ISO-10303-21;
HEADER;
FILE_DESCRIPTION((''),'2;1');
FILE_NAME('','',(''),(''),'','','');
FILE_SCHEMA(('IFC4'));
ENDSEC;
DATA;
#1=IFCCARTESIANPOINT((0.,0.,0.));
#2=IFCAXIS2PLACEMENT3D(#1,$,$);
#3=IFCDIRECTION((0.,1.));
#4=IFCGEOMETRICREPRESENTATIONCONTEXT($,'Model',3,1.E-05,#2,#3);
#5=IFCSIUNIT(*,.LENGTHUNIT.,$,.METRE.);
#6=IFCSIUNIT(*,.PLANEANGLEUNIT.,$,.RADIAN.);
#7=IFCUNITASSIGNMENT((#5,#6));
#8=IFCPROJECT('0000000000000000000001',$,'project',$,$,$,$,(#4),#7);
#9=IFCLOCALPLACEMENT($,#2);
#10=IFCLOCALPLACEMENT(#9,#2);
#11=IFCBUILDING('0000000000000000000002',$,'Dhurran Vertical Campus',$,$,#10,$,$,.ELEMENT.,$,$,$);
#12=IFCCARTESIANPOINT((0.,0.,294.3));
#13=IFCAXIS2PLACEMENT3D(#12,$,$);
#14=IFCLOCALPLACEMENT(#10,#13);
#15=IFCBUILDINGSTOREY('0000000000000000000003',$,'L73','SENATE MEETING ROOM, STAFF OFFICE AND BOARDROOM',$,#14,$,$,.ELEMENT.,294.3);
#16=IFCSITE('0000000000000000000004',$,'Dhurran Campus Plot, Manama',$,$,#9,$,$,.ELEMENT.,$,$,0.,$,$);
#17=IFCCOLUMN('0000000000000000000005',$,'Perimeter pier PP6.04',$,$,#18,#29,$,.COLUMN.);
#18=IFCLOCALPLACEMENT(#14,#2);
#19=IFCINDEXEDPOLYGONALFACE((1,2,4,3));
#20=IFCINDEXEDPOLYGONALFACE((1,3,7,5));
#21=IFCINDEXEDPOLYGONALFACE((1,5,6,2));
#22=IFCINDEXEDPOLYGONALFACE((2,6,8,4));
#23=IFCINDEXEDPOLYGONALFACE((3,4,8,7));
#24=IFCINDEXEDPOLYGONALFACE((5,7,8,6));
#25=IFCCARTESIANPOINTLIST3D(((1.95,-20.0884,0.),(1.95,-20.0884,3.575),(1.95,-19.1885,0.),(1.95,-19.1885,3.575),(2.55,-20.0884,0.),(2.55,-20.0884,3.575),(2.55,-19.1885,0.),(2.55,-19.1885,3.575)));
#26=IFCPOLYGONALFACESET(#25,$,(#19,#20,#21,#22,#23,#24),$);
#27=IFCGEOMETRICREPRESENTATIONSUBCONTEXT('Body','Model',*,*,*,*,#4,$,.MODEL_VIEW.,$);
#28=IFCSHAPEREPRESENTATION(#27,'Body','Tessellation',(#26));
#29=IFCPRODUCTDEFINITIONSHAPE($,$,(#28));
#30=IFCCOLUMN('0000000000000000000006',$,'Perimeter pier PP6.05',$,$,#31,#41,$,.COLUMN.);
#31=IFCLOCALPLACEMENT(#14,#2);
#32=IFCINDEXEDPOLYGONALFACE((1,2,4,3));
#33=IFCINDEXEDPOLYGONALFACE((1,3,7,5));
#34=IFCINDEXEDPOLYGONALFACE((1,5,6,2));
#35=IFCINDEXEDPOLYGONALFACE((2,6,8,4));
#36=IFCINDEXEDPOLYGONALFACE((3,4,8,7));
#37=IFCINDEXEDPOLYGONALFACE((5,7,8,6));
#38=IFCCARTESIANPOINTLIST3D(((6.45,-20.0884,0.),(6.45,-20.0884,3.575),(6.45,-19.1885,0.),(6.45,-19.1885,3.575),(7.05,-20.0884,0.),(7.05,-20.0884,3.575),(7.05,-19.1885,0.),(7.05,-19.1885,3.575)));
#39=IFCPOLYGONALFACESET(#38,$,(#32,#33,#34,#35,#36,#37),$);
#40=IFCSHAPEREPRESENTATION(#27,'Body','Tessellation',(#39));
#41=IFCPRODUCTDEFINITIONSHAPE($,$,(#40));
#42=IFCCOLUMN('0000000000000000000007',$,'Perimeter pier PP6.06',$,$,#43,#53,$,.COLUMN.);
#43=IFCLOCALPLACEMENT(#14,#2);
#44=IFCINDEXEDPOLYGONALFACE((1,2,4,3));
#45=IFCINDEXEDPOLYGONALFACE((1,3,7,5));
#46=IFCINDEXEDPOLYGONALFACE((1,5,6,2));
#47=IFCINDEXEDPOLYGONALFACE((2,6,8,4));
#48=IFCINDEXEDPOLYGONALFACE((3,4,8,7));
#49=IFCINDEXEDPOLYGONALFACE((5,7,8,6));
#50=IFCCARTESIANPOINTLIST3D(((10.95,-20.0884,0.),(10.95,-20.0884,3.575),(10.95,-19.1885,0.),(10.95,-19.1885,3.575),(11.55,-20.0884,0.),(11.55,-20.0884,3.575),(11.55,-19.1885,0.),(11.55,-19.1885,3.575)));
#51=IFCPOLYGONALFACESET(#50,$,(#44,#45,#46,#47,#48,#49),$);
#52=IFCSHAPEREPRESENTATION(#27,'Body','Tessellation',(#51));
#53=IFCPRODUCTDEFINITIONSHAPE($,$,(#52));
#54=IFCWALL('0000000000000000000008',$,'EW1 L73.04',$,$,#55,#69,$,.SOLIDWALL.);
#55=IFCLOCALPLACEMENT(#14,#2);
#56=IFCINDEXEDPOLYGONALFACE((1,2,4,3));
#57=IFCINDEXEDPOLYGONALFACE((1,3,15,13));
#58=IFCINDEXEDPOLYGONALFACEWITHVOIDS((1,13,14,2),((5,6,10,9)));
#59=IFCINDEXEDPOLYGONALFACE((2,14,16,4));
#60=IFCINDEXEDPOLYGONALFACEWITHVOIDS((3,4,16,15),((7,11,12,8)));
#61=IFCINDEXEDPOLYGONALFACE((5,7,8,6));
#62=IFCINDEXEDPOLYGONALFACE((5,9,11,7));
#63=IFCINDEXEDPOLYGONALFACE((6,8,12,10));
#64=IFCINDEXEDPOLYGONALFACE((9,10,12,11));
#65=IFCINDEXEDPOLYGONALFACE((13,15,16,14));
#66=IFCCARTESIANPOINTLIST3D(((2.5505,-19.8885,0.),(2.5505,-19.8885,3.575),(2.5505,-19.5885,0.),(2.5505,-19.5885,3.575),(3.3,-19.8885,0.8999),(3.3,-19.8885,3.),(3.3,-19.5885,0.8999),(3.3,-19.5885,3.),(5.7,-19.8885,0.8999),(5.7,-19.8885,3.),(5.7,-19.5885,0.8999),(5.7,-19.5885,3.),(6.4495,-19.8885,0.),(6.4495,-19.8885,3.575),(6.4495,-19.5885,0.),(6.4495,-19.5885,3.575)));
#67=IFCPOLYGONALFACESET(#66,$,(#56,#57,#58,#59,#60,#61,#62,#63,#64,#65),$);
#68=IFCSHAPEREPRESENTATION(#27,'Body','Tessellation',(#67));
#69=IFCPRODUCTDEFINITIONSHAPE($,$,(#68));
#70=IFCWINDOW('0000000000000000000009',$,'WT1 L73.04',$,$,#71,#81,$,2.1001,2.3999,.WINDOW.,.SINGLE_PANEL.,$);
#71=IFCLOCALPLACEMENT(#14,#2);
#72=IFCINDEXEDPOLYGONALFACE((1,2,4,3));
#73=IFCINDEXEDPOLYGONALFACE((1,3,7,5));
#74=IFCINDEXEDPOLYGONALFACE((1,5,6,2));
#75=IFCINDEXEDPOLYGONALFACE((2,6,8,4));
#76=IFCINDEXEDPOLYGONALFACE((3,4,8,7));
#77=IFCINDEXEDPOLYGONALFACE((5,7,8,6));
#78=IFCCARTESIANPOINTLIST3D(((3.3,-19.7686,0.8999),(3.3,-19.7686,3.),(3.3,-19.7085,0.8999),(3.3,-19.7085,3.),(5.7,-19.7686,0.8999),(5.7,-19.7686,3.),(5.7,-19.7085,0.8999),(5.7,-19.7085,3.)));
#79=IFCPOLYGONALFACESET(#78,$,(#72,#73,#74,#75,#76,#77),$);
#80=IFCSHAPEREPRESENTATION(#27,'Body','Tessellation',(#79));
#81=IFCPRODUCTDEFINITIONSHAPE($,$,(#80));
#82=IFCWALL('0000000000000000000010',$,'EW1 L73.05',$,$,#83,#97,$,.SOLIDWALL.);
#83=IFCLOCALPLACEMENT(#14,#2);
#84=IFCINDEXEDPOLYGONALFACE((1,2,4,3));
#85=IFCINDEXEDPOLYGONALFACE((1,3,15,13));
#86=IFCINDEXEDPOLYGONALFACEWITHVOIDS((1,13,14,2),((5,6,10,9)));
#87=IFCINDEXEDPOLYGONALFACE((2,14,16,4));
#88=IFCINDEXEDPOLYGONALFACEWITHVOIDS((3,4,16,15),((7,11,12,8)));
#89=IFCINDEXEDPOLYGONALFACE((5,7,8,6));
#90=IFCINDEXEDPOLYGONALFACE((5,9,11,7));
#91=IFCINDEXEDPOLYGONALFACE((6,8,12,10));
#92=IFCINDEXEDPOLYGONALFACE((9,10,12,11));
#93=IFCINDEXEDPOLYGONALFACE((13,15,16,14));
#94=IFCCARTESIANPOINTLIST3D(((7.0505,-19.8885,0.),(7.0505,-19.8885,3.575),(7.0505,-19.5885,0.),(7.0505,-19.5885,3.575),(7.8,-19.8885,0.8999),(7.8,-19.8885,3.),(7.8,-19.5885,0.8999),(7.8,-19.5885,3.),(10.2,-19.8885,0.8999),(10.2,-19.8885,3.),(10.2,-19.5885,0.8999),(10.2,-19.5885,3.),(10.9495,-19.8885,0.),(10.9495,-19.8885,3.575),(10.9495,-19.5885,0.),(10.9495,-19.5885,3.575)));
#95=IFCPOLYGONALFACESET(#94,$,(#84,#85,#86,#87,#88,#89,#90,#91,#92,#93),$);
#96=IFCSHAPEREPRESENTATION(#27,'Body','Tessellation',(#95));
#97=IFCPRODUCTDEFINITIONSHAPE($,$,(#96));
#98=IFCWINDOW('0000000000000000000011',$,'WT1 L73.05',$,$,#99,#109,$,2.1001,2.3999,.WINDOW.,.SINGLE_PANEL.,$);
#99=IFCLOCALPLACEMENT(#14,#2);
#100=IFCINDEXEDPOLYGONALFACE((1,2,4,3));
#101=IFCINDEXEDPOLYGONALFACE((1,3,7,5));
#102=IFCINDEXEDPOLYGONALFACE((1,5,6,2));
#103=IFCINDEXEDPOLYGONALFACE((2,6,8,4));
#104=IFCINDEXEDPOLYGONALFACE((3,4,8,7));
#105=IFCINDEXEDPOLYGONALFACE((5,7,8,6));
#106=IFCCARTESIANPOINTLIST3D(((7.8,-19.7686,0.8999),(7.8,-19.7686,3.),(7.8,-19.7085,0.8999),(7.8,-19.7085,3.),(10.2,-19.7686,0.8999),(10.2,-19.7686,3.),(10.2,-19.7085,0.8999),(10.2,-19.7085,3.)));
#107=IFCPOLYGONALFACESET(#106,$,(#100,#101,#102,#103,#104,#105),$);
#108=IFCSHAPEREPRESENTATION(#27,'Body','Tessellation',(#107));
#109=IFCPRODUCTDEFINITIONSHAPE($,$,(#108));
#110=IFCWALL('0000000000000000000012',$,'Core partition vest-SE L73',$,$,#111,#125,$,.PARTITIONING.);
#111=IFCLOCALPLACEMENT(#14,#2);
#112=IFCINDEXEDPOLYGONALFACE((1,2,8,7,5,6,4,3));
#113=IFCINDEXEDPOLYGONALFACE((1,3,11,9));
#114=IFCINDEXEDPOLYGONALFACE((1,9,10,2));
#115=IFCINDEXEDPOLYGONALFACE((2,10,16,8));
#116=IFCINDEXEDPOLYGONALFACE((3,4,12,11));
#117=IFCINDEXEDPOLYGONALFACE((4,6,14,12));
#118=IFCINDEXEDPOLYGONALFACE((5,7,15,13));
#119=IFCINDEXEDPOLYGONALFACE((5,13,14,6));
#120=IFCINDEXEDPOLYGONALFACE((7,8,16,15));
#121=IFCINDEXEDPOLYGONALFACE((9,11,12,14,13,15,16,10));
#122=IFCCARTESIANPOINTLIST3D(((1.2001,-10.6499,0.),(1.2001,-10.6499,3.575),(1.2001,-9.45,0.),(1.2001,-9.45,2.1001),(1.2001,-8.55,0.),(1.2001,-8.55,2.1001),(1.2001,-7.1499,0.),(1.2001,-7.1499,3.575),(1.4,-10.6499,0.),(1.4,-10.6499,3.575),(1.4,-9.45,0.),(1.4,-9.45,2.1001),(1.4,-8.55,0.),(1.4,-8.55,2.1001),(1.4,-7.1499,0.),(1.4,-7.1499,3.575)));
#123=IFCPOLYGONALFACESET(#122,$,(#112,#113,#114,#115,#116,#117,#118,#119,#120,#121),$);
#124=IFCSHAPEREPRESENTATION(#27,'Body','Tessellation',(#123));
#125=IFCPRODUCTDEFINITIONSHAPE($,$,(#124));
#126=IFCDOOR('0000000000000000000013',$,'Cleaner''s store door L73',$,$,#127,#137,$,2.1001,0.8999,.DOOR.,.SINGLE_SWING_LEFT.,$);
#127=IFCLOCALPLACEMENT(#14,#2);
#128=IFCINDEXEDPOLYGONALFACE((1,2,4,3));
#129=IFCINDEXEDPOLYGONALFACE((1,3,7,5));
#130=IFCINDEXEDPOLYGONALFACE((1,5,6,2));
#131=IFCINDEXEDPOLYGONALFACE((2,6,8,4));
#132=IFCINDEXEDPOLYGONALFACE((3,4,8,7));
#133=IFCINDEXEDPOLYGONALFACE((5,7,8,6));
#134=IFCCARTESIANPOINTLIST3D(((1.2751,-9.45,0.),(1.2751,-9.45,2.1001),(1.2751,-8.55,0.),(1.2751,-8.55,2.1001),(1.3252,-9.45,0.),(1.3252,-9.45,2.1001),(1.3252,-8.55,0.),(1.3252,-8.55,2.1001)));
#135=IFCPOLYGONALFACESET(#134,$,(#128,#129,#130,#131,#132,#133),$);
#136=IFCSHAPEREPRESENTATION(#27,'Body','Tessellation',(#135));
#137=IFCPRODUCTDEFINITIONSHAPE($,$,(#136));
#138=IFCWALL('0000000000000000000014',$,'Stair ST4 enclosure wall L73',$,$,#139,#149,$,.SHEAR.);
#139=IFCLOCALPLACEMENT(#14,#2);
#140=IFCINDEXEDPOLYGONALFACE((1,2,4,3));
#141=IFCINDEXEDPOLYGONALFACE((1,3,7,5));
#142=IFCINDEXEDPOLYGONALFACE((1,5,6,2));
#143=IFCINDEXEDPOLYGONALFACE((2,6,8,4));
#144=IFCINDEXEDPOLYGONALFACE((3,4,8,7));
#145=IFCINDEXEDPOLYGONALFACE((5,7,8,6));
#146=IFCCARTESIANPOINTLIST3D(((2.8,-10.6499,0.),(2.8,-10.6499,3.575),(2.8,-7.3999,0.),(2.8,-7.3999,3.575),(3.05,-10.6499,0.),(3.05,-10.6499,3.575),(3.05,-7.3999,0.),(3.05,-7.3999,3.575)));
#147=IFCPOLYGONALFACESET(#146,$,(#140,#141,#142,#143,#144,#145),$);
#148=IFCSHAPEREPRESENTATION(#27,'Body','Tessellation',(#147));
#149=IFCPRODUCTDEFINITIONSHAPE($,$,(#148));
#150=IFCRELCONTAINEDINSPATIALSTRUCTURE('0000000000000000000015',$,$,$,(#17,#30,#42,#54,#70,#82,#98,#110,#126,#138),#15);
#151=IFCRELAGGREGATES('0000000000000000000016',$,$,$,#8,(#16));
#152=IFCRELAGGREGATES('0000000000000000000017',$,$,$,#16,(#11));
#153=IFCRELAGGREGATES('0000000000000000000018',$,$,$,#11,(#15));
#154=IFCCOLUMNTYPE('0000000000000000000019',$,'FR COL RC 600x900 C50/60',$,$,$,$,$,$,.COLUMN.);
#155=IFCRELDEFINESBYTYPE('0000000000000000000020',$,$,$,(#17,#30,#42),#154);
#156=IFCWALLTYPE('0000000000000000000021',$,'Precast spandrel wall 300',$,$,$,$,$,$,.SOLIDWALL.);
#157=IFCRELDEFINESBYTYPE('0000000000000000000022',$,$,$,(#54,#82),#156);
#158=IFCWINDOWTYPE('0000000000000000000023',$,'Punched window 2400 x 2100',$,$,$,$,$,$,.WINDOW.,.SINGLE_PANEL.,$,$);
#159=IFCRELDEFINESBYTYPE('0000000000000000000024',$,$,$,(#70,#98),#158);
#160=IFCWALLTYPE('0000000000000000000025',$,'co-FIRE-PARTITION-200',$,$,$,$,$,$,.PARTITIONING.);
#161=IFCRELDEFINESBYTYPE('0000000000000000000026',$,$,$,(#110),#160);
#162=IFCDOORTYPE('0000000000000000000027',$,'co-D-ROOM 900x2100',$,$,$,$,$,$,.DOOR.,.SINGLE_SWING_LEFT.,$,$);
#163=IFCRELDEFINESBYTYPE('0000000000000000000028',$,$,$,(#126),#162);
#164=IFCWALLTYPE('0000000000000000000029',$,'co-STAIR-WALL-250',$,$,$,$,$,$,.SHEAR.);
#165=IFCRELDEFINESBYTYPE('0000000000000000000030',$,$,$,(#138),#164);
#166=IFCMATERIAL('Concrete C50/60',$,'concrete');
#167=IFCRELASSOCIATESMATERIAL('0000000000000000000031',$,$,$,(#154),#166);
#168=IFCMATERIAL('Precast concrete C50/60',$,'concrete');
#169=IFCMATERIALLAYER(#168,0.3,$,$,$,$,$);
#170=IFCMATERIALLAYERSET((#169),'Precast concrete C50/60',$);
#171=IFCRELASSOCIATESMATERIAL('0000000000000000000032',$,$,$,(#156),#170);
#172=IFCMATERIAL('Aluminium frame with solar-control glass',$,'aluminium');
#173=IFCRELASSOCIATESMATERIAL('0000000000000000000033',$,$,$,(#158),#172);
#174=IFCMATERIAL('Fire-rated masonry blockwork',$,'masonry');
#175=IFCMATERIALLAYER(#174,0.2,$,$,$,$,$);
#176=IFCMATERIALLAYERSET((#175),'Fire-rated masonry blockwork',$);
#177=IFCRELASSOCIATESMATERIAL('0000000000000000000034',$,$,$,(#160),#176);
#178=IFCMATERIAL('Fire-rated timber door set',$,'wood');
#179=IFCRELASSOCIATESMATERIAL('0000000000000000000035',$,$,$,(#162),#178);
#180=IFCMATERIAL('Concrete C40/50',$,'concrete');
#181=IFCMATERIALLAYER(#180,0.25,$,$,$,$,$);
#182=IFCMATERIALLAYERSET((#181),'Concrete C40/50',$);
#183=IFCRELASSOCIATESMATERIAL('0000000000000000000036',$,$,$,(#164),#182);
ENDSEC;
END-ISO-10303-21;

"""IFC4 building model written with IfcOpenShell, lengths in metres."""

from ifc_helpers import new_model, si_unit, direction, frame, frame_2d, origin, origin_2d, place, context, subcontext, project, spatial, rectangle, extrude, material, layer, layer_set, material_profile, profile_set, type_object, element, fill, save


model = new_model("IFC4")

# Units and contexts
model_context = context("Model", 3, precision=1e-05, world=origin(), true_north=direction((0.0, 1.0)))
body_context = subcontext(model_context, "Body", "Model", "MODEL_VIEW")
ifc_project = project(units=[si_unit("LENGTHUNIT", "METRE"), si_unit("PLANEANGLEUNIT", "RADIAN")], contexts=[model_context])

# Site, building, storey
site_placement = place(None, origin())
site = spatial("IfcSite", under=ifc_project, at=site_placement, Name="Dhurran Campus Plot, Manama", CompositionType="ELEMENT", RefElevation=0.0)
building_placement = place(site_placement, origin())
building = spatial("IfcBuilding", under=site, at=building_placement, Name="Dhurran Vertical Campus", CompositionType="ELEMENT")
storey_placement = place(building_placement, frame((0.0, 0.0, 294.3)))
storey = spatial("IfcBuildingStorey", under=building, at=storey_placement, Name="L73", Description="SENATE MEETING ROOM, STAFF OFFICE AND BOARDROOM", CompositionType="ELEMENT", Elevation=294.3)

# Columns
ifc_material_1 = material(Name="Concrete C50/60", Category="concrete")
ifc_material_profile = material_profile(ifc_material_1, rectangle(XDim=0.6001, YDim=0.8999, at=origin_2d()), Name="RC 600x900")
ifc_profile_set = profile_set([ifc_material_profile], Name="Concrete C50/60")
column_type = type_object("IfcColumnType", Name="FR COL RC 600x900 C50/60", PredefinedType="COLUMN", material=ifc_profile_set)
for number, where, z_axis, x_axis, name in (
    (1, (2.25, -19.6384, 0.0), (0.0, 0.0, 1.0), (1.0, 0.0, 0.0), "Perimeter pier PP6.04"),
    (2, (6.75, -19.6384, 0.0), (0.0, 0.0, 1.0), (1.0, 0.0, 0.0), "Perimeter pier PP6.05"),
    (3, (11.25, -19.6384, 0.0), (0.0, 0.0, 1.0), (1.0, 0.0, 0.0), "Perimeter pier PP6.06"),
):
    element("IfcColumn", number, at=place(storey_placement, frame(where, z_axis=z_axis, x_axis=x_axis)), inside=storey, type_object=column_type, Name=name, PredefinedType="COLUMN", context=body_context, shape_type="SweptSolid", body=[
        extrude(rectangle(XDim=0.6001, YDim=0.8999, at=origin_2d()), origin(), (0.0, 0.0, 1.0), 3.575),
    ])

# Walls, openings, windows
ifc_material_2 = material(Name="Precast concrete C50/60", Category="concrete")
ifc_layer_1 = layer(ifc_material_2, 0.3)
ifc_layer_set_1 = layer_set([ifc_layer_1], Name="Precast concrete C50/60")
wall_type_1 = type_object("IfcWallType", Name="Precast spandrel wall 300", PredefinedType="SOLIDWALL", material=ifc_layer_set_1)
wall_1_placement = place(storey_placement, frame((2.5505, -19.7385, 0.0), z_axis=(0.0, 0.0, 1.0), x_axis=(1.0, 0.0, 0.0)))
wall_1 = element("IfcWall", 4, at=wall_1_placement, inside=storey, type_object=wall_type_1, Name="EW1 L73.04", PredefinedType="SOLIDWALL", context=body_context, shape_type="SweptSolid", body=[
    extrude(rectangle(XDim=3.8989, YDim=0.3, at=frame_2d((1.9495, 0.0))), origin(), (0.0, 0.0, 1.0), 3.575),
])
opening_1_placement = place(wall_1_placement, frame((0.7495, 0.0, 0.8999)))
opening_1 = element("IfcOpeningElement", 5, at=opening_1_placement, cuts=wall_1, PredefinedType="OPENING", context=body_context, shape_type="SweptSolid", body=[
    extrude(rectangle(XDim=2.3999, YDim=2.1001, at=frame_2d((1.2, 1.05))), frame((0.0, 0.1599, 0.0), z_axis=(0.0, -1.0, 0.0), x_axis=(1.0, 0.0, 0.0)), (0.0, 0.0, 1.0), 0.3201),
])
ifc_material_3 = material(Name="Aluminium frame with solar-control glass", Category="aluminium")
window_type = type_object("IfcWindowType", Name="Punched window 2400 x 2100", PartitioningType="SINGLE_PANEL", PredefinedType="WINDOW", material=ifc_material_3)
window_1_placement = place(opening_1_placement, origin())
window_1 = element("IfcWindow", 6, at=window_1_placement, inside=storey, type_object=window_type, Name="WT1 L73.04", OverallHeight=2.1001, OverallWidth=2.3999, PartitioningType="SINGLE_PANEL", PredefinedType="WINDOW", context=body_context, shape_type="SweptSolid", body=[
    extrude(rectangle(XDim=2.3999, YDim=2.1001, at=frame_2d((1.2, 1.05))), frame((0.0, 0.03, 0.0), z_axis=(0.0, -1.0, 0.0), x_axis=(1.0, 0.0, 0.0)), (0.0, 0.0, 1.0), 0.0601),
])
fill(opening_1, window_1)
wall_2_placement = place(storey_placement, frame((7.0505, -19.7385, 0.0), z_axis=(0.0, 0.0, 1.0), x_axis=(1.0, 0.0, 0.0)))
wall_2 = element("IfcWall", 7, at=wall_2_placement, inside=storey, type_object=wall_type_1, Name="EW1 L73.05", PredefinedType="SOLIDWALL", context=body_context, shape_type="SweptSolid", body=[
    extrude(rectangle(XDim=3.8989, YDim=0.3, at=frame_2d((1.9495, 0.0))), origin(), (0.0, 0.0, 1.0), 3.575),
])
opening_2_placement = place(wall_2_placement, frame((0.7495, 0.0, 0.8999)))
opening_2 = element("IfcOpeningElement", 8, at=opening_2_placement, cuts=wall_2, PredefinedType="OPENING", context=body_context, shape_type="SweptSolid", body=[
    extrude(rectangle(XDim=2.3999, YDim=2.1001, at=frame_2d((1.2, 1.05))), frame((0.0, 0.1599, 0.0), z_axis=(0.0, -1.0, 0.0), x_axis=(1.0, 0.0, 0.0)), (0.0, 0.0, 1.0), 0.3201),
])
window_2_placement = place(opening_2_placement, origin())
window_2 = element("IfcWindow", 9, at=window_2_placement, inside=storey, type_object=window_type, Name="WT1 L73.05", OverallHeight=2.1001, OverallWidth=2.3999, PartitioningType="SINGLE_PANEL", PredefinedType="WINDOW", context=body_context, shape_type="SweptSolid", body=[
    extrude(rectangle(XDim=2.3999, YDim=2.1001, at=frame_2d((1.2, 1.05))), frame((0.0, 0.03, 0.0), z_axis=(0.0, -1.0, 0.0), x_axis=(1.0, 0.0, 0.0)), (0.0, 0.0, 1.0), 0.0601),
])
fill(opening_2, window_2)

# Wall, opening, door
ifc_material_4 = material(Name="Fire-rated masonry blockwork", Category="masonry")
ifc_layer_2 = layer(ifc_material_4, 0.2)
ifc_layer_set_2 = layer_set([ifc_layer_2], Name="Fire-rated masonry blockwork")
wall_type_2 = type_object("IfcWallType", Name="co-FIRE-PARTITION-200", PredefinedType="PARTITIONING", material=ifc_layer_set_2)
wall_3_placement = place(storey_placement, frame((1.3, -10.6499, 0.0), z_axis=(0.0, 0.0, 1.0), x_axis=(0.0, 1.0, 0.0)))
wall_3 = element("IfcWall", 10, at=wall_3_placement, inside=storey, type_object=wall_type_2, Name="Core partition vest-SE L73", PredefinedType="PARTITIONING", context=body_context, shape_type="SweptSolid", body=[
    extrude(rectangle(XDim=3.5, YDim=0.2, at=frame_2d((1.75, 0.0))), origin(), (0.0, 0.0, 1.0), 3.575),
])
opening_3_placement = place(wall_3_placement, frame((1.2, 0.0, 0.0)))
opening_3 = element("IfcOpeningElement", 11, at=opening_3_placement, cuts=wall_3, PredefinedType="OPENING", context=body_context, shape_type="SweptSolid", body=[
    extrude(rectangle(XDim=0.8999, YDim=2.1001, at=frame_2d((0.45, 1.05))), frame((0.0, 0.1099, 0.0), z_axis=(0.0, -1.0, 0.0), x_axis=(1.0, 0.0, 0.0)), (0.0, 0.0, 1.0), 0.22),
])
ifc_material_5 = material(Name="Fire-rated timber door set", Category="wood")
door_type = type_object("IfcDoorType", Name="co-D-ROOM 900x2100", OperationType="SINGLE_SWING_LEFT", PredefinedType="DOOR", material=ifc_material_5)
door_placement = place(opening_3_placement, origin())
door = element("IfcDoor", 12, at=door_placement, inside=storey, type_object=door_type, Name="Cleaner's store door L73", OperationType="SINGLE_SWING_LEFT", OverallHeight=2.1001, OverallWidth=0.8999, PredefinedType="DOOR", context=body_context, shape_type="SweptSolid", body=[
    extrude(rectangle(XDim=0.8999, YDim=2.1001, at=frame_2d((0.45, 1.05))), frame((0.0, 0.0249, 0.0), z_axis=(0.0, -1.0, 0.0), x_axis=(1.0, 0.0, 0.0)), (0.0, 0.0, 1.0), 0.05),
])
fill(opening_3, door)

# Wall
ifc_material_6 = material(Name="Concrete C40/50", Category="concrete")
ifc_layer_3 = layer(ifc_material_6, 0.25)
ifc_layer_set_3 = layer_set([ifc_layer_3], Name="Concrete C40/50")
wall_type_3 = type_object("IfcWallType", Name="co-STAIR-WALL-250", PredefinedType="SHEAR", material=ifc_layer_set_3)
wall_4_placement = place(storey_placement, frame((2.925, -10.6499, 0.0), z_axis=(0.0, 0.0, 1.0), x_axis=(0.0, 1.0, 0.0)))
element("IfcWall", 13, at=wall_4_placement, inside=storey, type_object=wall_type_3, Name="Stair ST4 enclosure wall L73", PredefinedType="SHEAR", context=body_context, shape_type="SweptSolid", body=[
    extrude(rectangle(XDim=3.25, YDim=0.25, at=frame_2d((1.625, 0.0))), origin(), (0.0, 0.0, 1.0), 3.575),
])

save(model, "model.ifc")
